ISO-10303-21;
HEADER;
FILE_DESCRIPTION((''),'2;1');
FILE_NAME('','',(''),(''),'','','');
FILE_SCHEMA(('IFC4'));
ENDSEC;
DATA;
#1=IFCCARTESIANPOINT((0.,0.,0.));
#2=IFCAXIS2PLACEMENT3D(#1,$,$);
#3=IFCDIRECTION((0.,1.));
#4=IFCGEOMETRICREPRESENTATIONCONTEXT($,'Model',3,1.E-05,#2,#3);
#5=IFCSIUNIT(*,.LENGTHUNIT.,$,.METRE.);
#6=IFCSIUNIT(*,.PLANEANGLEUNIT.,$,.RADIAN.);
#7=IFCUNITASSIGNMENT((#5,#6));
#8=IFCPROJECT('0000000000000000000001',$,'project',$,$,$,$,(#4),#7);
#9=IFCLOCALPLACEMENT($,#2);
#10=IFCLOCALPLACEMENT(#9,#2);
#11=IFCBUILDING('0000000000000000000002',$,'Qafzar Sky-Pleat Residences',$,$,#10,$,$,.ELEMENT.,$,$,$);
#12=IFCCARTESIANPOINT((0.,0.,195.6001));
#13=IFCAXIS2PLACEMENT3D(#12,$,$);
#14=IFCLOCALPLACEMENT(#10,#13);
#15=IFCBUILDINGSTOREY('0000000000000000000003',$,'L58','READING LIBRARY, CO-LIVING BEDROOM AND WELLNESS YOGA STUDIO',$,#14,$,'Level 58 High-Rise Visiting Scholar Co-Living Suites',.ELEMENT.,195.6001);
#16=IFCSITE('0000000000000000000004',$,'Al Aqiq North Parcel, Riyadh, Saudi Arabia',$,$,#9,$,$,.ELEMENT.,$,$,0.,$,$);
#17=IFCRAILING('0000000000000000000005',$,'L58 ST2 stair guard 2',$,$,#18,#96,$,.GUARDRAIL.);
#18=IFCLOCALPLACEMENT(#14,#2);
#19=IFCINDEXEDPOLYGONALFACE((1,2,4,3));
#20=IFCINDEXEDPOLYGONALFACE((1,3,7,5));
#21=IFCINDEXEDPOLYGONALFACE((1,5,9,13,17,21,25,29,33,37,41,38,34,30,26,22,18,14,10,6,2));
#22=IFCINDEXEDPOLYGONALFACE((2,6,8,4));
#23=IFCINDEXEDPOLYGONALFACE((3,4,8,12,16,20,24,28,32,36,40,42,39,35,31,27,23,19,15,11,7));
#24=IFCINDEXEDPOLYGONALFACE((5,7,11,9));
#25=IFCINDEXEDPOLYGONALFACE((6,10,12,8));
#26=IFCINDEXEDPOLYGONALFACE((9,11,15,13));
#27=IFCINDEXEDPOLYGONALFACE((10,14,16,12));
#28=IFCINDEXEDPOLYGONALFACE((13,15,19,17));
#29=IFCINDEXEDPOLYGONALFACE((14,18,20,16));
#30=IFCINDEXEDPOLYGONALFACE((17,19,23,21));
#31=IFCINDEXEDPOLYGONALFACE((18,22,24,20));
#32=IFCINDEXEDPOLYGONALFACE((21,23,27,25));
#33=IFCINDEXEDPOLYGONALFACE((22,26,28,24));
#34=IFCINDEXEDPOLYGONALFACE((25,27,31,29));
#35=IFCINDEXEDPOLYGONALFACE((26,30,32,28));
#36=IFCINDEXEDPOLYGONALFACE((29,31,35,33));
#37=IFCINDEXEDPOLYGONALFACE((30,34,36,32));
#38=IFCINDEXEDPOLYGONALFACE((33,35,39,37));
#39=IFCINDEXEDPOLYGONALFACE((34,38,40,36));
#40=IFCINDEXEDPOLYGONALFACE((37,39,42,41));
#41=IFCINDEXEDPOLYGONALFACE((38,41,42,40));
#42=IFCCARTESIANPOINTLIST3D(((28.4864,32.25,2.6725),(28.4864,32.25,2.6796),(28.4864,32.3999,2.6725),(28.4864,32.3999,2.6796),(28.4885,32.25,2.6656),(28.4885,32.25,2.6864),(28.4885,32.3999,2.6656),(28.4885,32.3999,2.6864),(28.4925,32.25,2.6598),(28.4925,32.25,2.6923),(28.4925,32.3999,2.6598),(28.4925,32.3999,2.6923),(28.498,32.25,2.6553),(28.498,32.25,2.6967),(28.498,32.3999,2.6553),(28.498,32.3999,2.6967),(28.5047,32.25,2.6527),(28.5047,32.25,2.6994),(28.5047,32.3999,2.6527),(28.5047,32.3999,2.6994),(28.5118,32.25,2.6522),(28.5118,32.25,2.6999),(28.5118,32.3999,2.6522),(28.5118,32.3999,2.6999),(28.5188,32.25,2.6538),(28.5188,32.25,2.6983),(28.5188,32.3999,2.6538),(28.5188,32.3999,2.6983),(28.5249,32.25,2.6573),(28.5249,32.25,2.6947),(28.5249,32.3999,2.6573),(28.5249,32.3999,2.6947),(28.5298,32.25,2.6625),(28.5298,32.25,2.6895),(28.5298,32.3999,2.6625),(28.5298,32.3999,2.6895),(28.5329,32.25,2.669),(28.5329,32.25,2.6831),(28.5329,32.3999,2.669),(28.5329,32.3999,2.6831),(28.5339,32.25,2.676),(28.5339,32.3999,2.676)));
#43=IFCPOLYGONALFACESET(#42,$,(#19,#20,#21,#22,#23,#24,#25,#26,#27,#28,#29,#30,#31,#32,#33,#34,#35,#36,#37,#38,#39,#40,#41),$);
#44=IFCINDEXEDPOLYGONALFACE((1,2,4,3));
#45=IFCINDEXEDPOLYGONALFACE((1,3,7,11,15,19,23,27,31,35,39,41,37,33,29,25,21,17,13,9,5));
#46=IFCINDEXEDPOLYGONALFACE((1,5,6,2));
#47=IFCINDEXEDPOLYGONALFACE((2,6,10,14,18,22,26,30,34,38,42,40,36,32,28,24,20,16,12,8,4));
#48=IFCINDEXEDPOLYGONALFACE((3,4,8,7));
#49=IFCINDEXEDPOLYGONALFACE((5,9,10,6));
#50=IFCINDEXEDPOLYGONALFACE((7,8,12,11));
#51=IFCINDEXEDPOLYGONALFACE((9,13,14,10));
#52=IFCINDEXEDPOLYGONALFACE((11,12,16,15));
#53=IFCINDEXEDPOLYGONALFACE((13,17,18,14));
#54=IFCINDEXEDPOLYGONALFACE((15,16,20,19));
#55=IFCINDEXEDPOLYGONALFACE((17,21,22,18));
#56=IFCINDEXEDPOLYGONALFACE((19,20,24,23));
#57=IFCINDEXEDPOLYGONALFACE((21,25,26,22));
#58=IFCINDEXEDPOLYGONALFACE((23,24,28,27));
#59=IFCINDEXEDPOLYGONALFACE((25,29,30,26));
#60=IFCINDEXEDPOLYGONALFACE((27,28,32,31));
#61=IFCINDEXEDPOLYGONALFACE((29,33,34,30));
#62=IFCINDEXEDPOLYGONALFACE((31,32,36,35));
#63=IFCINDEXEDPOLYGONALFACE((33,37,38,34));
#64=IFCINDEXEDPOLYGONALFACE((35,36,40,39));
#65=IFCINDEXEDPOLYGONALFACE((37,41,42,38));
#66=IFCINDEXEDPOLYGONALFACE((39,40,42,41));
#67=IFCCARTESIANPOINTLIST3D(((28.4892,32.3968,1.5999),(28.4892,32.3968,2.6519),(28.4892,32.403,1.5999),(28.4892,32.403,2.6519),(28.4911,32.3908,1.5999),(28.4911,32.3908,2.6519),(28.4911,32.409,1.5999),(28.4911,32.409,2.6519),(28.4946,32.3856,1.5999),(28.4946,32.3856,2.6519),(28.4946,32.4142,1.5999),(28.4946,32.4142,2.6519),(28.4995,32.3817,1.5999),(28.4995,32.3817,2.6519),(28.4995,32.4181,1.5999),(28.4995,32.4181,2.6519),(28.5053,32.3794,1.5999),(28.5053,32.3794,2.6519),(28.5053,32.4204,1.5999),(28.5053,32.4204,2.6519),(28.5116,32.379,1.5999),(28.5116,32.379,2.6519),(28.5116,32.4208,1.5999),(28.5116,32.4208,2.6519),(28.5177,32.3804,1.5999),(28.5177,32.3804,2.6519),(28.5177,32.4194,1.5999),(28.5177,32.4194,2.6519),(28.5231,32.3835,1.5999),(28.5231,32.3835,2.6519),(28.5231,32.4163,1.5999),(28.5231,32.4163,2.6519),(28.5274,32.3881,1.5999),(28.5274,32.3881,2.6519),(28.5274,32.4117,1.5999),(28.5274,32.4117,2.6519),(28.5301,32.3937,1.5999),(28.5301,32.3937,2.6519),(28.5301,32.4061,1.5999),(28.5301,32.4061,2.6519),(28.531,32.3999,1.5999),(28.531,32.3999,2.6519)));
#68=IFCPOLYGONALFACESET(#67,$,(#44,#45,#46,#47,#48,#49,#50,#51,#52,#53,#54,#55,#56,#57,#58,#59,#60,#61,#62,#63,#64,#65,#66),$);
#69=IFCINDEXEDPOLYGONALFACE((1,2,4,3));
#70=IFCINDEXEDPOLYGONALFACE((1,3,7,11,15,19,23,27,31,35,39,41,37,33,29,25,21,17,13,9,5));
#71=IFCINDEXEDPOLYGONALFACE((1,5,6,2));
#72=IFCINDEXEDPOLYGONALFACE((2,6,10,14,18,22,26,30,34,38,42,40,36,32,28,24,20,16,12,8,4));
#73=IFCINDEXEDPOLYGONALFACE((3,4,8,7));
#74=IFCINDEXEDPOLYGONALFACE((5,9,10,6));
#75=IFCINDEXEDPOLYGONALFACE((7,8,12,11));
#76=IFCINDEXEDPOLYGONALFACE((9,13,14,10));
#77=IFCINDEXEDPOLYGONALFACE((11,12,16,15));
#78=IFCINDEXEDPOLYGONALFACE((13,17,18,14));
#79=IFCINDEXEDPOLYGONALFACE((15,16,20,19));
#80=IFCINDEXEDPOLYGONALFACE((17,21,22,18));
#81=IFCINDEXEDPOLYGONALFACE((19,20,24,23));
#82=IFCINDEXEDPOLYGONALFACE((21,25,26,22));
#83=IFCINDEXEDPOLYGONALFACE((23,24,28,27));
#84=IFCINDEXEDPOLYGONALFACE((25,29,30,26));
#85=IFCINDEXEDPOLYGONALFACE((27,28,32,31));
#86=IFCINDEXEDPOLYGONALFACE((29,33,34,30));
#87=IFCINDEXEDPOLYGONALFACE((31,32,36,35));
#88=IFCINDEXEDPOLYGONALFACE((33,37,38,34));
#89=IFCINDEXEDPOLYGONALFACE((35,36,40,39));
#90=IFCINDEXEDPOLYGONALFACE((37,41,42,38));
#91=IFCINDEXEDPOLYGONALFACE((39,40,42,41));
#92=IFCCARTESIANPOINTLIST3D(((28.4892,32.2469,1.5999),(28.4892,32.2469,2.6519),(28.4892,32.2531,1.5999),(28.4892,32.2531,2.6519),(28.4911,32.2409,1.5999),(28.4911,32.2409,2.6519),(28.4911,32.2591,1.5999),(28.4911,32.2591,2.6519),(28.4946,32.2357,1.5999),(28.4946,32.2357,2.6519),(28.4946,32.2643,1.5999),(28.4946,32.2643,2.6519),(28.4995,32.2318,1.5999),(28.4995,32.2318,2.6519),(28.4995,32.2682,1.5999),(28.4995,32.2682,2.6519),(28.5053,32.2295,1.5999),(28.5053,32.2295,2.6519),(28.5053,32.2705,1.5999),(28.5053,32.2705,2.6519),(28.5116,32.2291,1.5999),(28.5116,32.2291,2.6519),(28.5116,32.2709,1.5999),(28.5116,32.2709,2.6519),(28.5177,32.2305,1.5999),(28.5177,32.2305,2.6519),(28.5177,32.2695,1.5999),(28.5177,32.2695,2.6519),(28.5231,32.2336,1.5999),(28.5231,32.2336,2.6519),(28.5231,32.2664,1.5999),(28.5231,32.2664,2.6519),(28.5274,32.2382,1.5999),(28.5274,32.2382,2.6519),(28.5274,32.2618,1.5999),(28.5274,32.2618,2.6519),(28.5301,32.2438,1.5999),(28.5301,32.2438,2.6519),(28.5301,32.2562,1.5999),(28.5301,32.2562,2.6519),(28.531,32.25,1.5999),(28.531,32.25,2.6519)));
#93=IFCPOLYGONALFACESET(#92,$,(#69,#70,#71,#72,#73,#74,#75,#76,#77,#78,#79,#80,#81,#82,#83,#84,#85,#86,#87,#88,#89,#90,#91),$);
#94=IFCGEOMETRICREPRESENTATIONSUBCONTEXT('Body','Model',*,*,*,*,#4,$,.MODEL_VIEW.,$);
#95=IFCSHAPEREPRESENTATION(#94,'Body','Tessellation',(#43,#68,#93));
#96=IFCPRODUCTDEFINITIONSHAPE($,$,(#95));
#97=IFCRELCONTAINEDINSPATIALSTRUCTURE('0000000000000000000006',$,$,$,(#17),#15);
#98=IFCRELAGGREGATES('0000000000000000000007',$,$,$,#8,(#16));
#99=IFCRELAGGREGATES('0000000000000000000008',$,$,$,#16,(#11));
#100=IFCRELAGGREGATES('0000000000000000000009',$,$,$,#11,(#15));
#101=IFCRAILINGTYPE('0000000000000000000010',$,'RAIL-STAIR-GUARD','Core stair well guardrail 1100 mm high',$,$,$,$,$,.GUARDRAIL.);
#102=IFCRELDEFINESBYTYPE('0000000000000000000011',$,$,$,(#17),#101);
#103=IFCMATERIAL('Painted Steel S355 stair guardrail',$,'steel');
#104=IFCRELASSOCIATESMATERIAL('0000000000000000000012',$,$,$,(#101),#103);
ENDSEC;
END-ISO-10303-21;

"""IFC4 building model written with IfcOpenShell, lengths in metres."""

from ifc_helpers import new_model, si_unit, direction, frame, origin, origin_2d, place, context, subcontext, project, spatial, circle, extrude, source, transform, mapped, material, type_object, element, save


model = new_model("IFC4")

# Units and contexts
model_context = context("Model", 3, precision=1e-05, world=origin(), true_north=direction((0.0, 1.0)))
body_context = subcontext(model_context, "Body", "Model", "MODEL_VIEW")
ifc_project = project(units=[si_unit("LENGTHUNIT", "METRE"), si_unit("PLANEANGLEUNIT", "RADIAN")], contexts=[model_context])

# Site, building, storey
site_placement = place(None, origin())
site = spatial("IfcSite", under=ifc_project, at=site_placement, Name="Al Aqiq North Parcel, Riyadh, Saudi Arabia", CompositionType="ELEMENT", RefElevation=0.0)
building_placement = place(site_placement, origin())
building = spatial("IfcBuilding", under=site, at=building_placement, Name="Qafzar Sky-Pleat Residences", CompositionType="ELEMENT")
storey_placement = place(building_placement, frame((0.0, 0.0, 195.6001)))
storey = spatial("IfcBuildingStorey", under=building, at=storey_placement, Name="L58", Description="READING LIBRARY, CO-LIVING BEDROOM AND WELLNESS YOGA STUDIO", LongName="Level 58 High-Rise Visiting Scholar Co-Living Suites", CompositionType="ELEMENT", Elevation=195.6001)

# Railing
ifc_material_1 = material(Name="Painted Steel S355 stair guardrail", Category="steel")
railing_type = type_object("IfcRailingType", Name="RAIL-STAIR-GUARD", Description="Core stair well guardrail 1100 mm high", PredefinedType="GUARDRAIL", material=ifc_material_1)
shared_shape_1 = source(origin(), body_context, "Body", "SweptSolid", [
    extrude(circle(Radius=0.0239, at=origin_2d()), frame((0.0, 0.0, 1.0762), z_axis=(0.0, -1.0, 0.0), x_axis=(1.0, 0.0, 0.0)), (0.0, 0.0, 1.0), 0.1499),
    extrude(circle(Radius=0.021, at=origin_2d()), origin(), (0.0, 0.0, 1.0), 1.052),
    extrude(circle(Radius=0.021, at=origin_2d()), frame((0.0, -0.1499, 0.0)), (0.0, 0.0, 1.0), 1.052),
])
railing_placement = place(storey_placement, frame((28.51, 32.3999, 1.5999)))
element("IfcRailing", 1, at=railing_placement, inside=storey, type_object=railing_type, Name="L58 ST2 stair guard 2", PredefinedType="GUARDRAIL", context=body_context, shape_type="MappedRepresentation", body=[
    mapped(shared_shape_1, transform((0.0, 0.0, 0.0), x_axis=(1.0, 0.0, 0.0), y_axis=(0.0, 1.0, 0.0), z_axis=(0.0, 0.0, 1.0), scale=1.0)),
])

save(model, "model.ifc")
